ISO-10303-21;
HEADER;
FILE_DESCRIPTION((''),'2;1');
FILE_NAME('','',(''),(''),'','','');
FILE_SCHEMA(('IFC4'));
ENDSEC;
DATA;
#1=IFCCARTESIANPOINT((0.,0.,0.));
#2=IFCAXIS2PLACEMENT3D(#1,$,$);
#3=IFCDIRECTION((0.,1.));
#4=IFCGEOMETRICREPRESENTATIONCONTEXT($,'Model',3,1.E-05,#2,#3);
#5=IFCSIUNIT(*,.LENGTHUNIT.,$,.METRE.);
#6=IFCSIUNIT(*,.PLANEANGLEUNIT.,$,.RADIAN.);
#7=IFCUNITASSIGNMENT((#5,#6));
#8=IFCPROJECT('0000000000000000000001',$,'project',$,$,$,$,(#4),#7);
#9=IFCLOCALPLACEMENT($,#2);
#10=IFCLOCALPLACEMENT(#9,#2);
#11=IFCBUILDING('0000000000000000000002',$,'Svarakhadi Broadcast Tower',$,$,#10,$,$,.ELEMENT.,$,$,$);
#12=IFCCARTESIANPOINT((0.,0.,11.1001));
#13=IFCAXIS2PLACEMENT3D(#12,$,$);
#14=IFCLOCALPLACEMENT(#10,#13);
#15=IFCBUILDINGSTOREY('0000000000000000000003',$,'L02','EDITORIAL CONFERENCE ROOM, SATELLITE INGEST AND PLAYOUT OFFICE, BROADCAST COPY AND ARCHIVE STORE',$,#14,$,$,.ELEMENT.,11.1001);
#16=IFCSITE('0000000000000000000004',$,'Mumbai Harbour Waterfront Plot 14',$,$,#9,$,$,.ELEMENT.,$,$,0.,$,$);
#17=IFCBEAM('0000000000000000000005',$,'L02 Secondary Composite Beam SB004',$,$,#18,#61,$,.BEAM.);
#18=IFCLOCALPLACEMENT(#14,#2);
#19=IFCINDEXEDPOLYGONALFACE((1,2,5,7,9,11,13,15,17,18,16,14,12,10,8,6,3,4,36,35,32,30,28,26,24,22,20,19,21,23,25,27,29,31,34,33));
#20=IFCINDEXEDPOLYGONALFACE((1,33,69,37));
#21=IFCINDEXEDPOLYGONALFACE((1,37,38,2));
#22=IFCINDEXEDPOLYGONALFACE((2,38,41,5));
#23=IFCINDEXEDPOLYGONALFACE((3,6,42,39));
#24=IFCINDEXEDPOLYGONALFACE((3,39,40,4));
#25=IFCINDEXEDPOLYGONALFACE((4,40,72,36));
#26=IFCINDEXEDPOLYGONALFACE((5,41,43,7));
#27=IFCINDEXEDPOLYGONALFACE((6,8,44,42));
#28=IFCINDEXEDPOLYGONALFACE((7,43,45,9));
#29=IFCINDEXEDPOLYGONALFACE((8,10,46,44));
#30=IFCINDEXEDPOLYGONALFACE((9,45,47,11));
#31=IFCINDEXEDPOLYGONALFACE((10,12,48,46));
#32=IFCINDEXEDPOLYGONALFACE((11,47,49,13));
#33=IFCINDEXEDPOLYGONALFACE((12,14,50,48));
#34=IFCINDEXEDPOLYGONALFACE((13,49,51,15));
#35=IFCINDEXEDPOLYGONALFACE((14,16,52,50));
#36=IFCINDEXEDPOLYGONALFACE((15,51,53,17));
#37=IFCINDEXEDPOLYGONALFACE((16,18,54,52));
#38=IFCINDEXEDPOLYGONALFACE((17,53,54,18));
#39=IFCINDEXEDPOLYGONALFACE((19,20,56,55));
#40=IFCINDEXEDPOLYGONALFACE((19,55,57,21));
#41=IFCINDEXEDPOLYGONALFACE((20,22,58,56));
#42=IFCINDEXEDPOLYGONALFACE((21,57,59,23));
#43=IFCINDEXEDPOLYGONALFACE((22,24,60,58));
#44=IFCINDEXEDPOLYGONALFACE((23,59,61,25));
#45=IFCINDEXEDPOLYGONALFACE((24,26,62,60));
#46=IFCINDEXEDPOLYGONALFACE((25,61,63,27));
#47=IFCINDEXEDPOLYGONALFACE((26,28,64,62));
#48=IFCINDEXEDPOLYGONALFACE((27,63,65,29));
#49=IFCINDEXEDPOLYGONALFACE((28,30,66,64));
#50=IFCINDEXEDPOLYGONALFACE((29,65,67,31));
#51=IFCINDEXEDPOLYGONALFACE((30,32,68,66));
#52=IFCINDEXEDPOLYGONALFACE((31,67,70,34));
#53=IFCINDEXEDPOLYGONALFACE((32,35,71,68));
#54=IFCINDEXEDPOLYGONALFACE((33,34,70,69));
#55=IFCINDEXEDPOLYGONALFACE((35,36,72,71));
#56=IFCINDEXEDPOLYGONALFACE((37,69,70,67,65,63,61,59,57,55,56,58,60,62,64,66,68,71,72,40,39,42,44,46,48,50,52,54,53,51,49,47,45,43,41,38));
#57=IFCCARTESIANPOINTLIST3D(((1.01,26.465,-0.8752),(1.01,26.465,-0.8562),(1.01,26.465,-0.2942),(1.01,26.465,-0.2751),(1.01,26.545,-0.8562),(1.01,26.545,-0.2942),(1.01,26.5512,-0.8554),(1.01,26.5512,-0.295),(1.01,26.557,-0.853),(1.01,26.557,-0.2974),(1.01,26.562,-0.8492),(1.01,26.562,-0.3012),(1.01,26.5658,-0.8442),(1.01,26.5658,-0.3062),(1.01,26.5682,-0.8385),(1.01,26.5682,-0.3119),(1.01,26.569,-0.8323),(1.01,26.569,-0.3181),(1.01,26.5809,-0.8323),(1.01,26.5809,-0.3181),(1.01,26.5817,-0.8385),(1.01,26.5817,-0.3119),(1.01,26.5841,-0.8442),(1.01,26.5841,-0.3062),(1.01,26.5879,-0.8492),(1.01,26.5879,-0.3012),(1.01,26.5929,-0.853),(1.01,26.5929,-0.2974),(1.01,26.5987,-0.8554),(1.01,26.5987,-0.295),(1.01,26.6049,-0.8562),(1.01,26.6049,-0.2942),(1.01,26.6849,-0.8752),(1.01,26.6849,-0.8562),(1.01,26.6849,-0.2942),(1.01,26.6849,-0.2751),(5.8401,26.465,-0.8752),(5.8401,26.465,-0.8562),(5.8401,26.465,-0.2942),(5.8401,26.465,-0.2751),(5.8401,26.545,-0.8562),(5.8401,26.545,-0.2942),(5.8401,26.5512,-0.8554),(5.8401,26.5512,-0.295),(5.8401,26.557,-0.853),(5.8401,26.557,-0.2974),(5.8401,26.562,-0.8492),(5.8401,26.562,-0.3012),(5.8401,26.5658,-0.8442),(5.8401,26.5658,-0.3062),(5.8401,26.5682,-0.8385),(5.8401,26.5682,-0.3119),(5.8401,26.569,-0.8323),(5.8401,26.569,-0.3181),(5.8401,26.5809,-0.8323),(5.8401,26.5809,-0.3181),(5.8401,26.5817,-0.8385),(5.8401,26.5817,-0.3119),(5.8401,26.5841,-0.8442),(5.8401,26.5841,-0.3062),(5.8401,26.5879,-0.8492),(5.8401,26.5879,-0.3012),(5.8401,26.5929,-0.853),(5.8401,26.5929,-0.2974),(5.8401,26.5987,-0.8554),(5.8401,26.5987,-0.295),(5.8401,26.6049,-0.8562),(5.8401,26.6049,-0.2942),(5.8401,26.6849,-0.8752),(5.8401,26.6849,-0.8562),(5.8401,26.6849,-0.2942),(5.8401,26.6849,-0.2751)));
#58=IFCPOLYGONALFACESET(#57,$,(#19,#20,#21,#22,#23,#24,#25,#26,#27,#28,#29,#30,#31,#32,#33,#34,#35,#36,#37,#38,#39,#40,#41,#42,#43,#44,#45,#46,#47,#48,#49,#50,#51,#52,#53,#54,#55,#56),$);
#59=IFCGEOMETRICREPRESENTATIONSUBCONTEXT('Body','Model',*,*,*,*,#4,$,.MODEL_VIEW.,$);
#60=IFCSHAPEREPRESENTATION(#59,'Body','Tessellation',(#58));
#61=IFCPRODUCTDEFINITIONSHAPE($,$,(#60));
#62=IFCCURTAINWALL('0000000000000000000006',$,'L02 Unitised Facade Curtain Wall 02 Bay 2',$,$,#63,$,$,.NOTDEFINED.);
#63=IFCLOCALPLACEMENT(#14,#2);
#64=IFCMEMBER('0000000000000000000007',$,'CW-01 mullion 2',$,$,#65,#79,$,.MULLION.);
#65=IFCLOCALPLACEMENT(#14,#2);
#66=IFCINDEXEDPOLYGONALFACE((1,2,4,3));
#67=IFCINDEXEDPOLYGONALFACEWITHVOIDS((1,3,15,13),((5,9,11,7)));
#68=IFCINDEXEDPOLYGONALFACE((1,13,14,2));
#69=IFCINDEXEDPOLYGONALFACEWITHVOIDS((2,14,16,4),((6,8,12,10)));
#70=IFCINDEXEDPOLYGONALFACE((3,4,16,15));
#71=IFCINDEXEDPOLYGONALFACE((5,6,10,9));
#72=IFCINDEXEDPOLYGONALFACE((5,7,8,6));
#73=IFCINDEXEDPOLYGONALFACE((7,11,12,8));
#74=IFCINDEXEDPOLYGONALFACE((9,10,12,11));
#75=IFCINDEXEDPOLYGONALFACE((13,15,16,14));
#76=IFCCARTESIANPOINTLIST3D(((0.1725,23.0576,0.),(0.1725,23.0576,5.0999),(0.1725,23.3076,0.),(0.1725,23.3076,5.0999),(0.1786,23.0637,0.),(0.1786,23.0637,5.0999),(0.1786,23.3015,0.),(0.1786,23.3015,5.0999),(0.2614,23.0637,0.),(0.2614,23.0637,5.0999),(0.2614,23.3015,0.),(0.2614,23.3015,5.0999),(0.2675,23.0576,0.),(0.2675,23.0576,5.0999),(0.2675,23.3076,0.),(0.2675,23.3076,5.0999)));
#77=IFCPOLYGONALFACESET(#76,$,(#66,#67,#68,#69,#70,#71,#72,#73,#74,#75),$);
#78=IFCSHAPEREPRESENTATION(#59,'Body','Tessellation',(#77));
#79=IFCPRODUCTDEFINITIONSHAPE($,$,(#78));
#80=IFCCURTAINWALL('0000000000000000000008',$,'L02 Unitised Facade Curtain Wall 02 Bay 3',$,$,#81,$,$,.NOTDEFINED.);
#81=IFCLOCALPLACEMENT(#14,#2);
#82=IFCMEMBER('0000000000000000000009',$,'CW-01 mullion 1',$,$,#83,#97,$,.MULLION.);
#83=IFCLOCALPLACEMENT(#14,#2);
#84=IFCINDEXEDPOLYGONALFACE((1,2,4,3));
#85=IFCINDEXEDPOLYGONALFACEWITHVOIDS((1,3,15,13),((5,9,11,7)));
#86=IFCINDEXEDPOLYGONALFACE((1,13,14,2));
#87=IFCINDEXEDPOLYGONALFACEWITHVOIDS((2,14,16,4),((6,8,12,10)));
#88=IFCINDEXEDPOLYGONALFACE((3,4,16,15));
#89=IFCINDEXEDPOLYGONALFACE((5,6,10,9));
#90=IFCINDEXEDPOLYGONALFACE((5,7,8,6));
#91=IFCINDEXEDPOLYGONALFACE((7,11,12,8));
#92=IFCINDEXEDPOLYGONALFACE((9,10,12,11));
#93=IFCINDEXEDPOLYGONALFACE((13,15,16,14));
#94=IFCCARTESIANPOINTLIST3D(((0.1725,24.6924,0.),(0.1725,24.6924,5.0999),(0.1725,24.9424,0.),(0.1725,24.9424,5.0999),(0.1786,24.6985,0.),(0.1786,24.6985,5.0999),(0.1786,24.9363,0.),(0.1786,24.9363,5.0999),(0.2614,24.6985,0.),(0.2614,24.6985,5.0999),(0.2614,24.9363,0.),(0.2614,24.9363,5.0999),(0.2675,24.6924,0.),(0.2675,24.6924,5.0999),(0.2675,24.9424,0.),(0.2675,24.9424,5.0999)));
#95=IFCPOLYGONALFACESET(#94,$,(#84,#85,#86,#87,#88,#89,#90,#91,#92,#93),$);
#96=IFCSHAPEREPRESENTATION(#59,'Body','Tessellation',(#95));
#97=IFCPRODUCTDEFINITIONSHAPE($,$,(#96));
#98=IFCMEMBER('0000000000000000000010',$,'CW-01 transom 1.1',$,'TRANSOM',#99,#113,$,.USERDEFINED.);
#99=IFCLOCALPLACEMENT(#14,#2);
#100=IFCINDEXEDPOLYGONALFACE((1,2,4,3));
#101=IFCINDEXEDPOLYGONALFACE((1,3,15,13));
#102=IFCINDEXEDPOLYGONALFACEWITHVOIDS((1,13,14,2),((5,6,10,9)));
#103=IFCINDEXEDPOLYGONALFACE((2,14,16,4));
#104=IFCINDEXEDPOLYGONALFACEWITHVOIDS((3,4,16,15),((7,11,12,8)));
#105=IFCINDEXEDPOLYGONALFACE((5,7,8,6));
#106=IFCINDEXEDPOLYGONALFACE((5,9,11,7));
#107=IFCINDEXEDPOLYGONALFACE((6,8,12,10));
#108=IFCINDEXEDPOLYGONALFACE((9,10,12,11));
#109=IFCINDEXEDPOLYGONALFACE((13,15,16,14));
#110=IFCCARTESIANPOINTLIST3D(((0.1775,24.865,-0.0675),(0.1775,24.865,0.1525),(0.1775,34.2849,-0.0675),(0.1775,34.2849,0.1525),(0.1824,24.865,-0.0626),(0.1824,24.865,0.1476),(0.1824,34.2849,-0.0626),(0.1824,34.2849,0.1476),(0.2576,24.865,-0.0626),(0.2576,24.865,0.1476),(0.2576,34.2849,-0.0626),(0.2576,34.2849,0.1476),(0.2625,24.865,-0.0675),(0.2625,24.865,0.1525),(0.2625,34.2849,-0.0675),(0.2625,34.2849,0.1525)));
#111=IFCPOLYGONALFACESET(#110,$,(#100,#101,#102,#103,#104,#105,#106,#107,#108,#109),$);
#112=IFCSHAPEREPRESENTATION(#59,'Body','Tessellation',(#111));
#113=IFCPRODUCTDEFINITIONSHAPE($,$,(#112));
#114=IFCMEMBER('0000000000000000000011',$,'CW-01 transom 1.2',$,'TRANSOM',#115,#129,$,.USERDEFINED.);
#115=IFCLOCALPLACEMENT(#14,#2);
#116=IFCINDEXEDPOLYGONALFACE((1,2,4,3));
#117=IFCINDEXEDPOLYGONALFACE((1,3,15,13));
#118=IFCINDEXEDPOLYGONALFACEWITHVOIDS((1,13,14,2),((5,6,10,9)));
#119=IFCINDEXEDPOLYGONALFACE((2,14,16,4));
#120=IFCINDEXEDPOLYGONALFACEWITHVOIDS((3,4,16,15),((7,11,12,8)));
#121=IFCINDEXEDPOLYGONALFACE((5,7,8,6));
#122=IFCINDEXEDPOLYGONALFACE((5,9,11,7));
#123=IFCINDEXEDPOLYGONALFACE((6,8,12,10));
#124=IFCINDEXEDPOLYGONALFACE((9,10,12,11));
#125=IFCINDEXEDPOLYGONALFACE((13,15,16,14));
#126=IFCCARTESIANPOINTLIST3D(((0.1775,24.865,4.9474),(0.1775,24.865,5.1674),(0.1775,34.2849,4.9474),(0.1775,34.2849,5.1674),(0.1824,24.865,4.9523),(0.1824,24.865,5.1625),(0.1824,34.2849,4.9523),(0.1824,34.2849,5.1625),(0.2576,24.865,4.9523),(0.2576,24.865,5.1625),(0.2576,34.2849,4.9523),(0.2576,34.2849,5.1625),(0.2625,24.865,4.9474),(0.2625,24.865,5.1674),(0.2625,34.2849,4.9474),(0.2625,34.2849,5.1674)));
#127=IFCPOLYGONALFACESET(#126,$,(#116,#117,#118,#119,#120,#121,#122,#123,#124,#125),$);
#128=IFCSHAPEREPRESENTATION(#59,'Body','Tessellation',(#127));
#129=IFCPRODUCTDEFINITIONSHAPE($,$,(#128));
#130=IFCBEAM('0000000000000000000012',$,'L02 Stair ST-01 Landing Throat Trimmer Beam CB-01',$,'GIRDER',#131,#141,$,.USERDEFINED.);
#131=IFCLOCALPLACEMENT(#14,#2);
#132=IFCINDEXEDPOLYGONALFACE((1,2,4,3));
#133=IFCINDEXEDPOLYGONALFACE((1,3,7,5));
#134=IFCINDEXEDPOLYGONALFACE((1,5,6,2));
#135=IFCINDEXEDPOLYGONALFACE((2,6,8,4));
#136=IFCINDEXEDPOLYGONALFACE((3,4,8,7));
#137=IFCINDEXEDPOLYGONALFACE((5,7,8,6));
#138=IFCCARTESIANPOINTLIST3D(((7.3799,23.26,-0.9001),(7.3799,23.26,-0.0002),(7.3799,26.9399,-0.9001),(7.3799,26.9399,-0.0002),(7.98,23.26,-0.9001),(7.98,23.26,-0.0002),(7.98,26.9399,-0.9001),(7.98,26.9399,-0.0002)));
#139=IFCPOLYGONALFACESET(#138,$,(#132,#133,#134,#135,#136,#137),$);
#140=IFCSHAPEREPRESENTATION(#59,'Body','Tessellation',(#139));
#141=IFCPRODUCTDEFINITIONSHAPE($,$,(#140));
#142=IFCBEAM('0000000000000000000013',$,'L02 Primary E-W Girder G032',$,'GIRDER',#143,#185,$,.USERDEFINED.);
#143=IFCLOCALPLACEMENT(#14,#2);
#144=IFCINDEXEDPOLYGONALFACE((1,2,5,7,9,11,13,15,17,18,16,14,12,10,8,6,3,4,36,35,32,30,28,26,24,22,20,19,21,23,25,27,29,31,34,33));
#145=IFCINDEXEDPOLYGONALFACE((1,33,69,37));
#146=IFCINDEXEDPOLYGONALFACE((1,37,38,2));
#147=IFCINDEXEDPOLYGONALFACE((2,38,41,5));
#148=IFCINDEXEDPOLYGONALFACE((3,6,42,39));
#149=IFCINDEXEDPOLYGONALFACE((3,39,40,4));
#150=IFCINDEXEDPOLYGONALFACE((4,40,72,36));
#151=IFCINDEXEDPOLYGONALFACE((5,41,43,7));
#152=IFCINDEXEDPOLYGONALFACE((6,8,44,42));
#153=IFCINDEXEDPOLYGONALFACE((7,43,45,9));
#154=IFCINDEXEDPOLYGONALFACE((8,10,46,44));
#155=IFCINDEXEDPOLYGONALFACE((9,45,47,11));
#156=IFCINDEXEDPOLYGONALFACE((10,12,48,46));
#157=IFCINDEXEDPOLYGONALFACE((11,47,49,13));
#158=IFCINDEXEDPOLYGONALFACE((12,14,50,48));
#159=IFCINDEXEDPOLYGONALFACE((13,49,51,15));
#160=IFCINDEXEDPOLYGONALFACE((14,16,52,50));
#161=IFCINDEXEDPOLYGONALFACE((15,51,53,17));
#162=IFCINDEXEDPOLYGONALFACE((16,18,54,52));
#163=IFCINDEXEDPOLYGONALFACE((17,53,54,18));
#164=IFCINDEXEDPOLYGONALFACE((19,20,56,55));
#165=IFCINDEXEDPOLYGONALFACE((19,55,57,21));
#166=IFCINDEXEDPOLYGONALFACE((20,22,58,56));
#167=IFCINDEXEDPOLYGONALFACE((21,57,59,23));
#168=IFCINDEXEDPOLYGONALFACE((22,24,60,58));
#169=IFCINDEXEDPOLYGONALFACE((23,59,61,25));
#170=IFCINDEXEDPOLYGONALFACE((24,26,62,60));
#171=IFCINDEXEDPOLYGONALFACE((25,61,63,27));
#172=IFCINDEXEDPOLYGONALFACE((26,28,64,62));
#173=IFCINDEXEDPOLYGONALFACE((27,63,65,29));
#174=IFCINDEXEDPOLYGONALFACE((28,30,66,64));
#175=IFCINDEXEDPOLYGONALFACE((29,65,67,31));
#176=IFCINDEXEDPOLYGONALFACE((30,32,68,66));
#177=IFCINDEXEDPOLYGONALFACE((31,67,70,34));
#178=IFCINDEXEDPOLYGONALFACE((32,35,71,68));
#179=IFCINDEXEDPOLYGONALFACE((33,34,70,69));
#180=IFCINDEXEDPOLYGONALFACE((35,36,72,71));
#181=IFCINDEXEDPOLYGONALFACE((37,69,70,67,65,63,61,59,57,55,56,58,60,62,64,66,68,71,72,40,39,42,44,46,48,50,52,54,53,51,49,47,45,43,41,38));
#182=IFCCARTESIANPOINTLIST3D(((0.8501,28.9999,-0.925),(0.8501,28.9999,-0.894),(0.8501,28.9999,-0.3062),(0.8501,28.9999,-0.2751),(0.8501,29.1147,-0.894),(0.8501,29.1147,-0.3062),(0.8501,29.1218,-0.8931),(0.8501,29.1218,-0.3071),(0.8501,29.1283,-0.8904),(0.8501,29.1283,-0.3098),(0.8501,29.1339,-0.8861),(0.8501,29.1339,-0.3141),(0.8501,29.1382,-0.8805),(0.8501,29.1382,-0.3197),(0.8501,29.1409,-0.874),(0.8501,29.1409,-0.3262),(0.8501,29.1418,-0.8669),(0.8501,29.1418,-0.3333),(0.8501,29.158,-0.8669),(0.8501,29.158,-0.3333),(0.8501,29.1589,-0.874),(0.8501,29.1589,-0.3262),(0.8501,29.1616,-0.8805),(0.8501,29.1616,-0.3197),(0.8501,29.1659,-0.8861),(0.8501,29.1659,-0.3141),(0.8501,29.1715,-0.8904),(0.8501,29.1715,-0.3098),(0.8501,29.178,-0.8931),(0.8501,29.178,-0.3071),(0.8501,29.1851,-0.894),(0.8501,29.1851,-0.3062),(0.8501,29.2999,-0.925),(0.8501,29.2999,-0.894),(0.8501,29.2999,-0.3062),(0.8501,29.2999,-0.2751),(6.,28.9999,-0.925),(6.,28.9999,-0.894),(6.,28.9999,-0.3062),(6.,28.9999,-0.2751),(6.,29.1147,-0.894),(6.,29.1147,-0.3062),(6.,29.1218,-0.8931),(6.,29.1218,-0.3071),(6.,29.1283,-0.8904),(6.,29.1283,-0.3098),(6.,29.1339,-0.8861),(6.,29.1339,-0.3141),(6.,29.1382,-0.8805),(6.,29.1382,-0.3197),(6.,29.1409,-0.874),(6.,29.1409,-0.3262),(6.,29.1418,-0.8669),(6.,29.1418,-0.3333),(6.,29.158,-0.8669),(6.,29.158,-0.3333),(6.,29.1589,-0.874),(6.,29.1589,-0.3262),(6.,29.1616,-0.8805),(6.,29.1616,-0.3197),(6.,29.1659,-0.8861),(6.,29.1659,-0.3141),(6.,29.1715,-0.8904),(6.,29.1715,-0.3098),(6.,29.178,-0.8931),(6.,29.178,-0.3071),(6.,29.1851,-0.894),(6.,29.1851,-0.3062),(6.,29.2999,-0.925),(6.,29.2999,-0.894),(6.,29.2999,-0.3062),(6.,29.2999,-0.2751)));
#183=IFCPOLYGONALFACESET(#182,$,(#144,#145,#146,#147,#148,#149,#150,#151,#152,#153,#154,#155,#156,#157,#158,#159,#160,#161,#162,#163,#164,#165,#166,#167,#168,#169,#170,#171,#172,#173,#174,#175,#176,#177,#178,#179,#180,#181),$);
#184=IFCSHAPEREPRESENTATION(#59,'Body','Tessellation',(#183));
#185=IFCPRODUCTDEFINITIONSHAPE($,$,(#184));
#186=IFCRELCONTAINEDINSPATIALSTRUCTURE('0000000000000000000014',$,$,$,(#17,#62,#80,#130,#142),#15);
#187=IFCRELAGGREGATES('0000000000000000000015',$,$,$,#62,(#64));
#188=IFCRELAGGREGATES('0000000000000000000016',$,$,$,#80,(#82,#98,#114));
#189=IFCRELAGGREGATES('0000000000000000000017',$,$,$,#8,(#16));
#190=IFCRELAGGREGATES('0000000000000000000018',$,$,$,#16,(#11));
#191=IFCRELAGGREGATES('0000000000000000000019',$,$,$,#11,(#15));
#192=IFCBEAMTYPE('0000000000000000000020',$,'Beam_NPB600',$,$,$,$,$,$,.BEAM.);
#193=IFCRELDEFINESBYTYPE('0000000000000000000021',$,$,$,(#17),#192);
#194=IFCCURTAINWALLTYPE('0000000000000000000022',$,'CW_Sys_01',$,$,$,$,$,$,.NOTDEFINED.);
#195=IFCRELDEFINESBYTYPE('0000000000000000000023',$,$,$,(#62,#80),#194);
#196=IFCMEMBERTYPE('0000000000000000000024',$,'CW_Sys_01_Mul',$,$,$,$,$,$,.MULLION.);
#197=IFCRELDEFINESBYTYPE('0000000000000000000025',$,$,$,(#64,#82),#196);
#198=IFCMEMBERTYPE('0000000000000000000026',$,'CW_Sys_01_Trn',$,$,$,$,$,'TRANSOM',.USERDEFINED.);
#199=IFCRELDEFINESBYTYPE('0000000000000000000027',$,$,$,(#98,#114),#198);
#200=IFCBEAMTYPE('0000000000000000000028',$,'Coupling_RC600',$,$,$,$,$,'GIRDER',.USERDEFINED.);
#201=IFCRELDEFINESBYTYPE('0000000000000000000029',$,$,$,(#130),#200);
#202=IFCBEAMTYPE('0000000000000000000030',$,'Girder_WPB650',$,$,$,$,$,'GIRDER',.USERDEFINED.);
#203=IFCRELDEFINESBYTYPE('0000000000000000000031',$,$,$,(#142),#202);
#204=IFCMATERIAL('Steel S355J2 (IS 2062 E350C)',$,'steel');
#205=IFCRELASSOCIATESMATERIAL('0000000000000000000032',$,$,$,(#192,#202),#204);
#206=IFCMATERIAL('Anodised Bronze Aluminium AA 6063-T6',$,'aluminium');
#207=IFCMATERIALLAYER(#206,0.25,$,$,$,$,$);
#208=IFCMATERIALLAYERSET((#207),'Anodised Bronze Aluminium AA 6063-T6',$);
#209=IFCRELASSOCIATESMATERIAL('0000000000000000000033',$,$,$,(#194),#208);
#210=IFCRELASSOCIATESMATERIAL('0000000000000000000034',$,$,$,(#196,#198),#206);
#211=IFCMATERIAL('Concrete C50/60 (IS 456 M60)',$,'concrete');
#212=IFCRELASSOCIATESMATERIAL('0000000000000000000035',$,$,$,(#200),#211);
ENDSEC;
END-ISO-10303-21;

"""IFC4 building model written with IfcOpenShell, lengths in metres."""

from ifc_helpers import new_model, si_unit, direction, frame, origin, origin_2d, place, context, subcontext, project, spatial, rectangle, hollow_rectangle, i_section, extrude, material, layer, layer_set, material_profile, profile_set, type_object, element, aggregate, save


model = new_model("IFC4")

# Units and contexts
model_context = context("Model", 3, precision=1e-05, world=origin(), true_north=direction((0.0, 1.0)))
body_context = subcontext(model_context, "Body", "Model", "MODEL_VIEW")
ifc_project = project(units=[si_unit("LENGTHUNIT", "METRE"), si_unit("PLANEANGLEUNIT", "RADIAN")], contexts=[model_context])

# Site, building, storey
site_placement = place(None, origin())
site = spatial("IfcSite", under=ifc_project, at=site_placement, Name="Mumbai Harbour Waterfront Plot 14", CompositionType="ELEMENT", RefElevation=0.0)
building_placement = place(site_placement, origin())
building = spatial("IfcBuilding", under=site, at=building_placement, Name="Svarakhadi Broadcast Tower", CompositionType="ELEMENT")
storey_placement = place(building_placement, frame((0.0, 0.0, 11.1001)))
storey = spatial("IfcBuildingStorey", under=building, at=storey_placement, Name="L02", Description="EDITORIAL CONFERENCE ROOM, SATELLITE INGEST AND PLAYOUT OFFICE, BROADCAST COPY AND ARCHIVE STORE", CompositionType="ELEMENT", Elevation=11.1001)

# Beam
ifc_material_1 = material(Name="Steel S355J2 (IS 2062 E350C)", Category="steel")
ifc_material_profile_1 = material_profile(ifc_material_1, i_section(OverallWidth=0.22, OverallDepth=0.6001, WebThickness=0.012, FlangeThickness=0.019, FilletRadius=0.0239, at=origin_2d()), Name="NPB 600x220x122")
ifc_profile_set_1 = profile_set([ifc_material_profile_1], Name="Steel S355J2 (IS 2062 E350C)")
beam_type_1 = type_object("IfcBeamType", Name="Beam_NPB600", PredefinedType="BEAM", material=ifc_profile_set_1)
for number, where, z_axis, x_axis, name in (
    (1, (1.01, 26.575, -0.5752), (1.0, 0.0, 0.0), (0.0, 1.0, 0.0), "L02 Secondary Composite Beam SB004"),
):
    element("IfcBeam", number, at=place(storey_placement, frame(where, z_axis=z_axis, x_axis=x_axis)), inside=storey, type_object=beam_type_1, Name=name, PredefinedType="BEAM", context=body_context, shape_type="SweptSolid", body=[
        extrude(i_section(OverallWidth=0.22, OverallDepth=0.6001, WebThickness=0.012, FlangeThickness=0.019, FilletRadius=0.0239, at=origin_2d()), origin(), (0.0, 0.0, 1.0), 4.8301),
    ])

# Curtain wall, member
ifc_material_2 = material(Name="Anodised Bronze Aluminium AA 6063-T6", Category="aluminium")
ifc_layer_1 = layer(ifc_material_2, 0.25)
ifc_layer_set_1 = layer_set([ifc_layer_1], Name="Anodised Bronze Aluminium AA 6063-T6")
curtain_wall_type = type_object("IfcCurtainWallType", Name="CW_Sys_01", PredefinedType="NOTDEFINED", material=ifc_layer_set_1)
curtain_wall_1_placement = place(storey_placement, origin())
curtain_wall_1 = element("IfcCurtainWall", 2, at=curtain_wall_1_placement, inside=storey, type_object=curtain_wall_type, Name="L02 Unitised Facade Curtain Wall 02 Bay 2", PredefinedType="NOTDEFINED")
ifc_material_profile_2 = material_profile(ifc_material_2, hollow_rectangle(XDim=0.095, YDim=0.25, WallThickness=0.0061, at=origin_2d()), Name="ALU MULLION 250x95x6")
ifc_profile_set_2 = profile_set([ifc_material_profile_2], Name="Anodised Bronze Aluminium AA 6063-T6")
member_type_1 = type_object("IfcMemberType", Name="CW_Sys_01_Mul", PredefinedType="MULLION", material=ifc_profile_set_2)
member_1_placement = place(storey_placement, frame((0.22, 23.1826, 0.0), z_axis=(0.0, 0.0, 1.0), x_axis=(-1.0, 0.0, 0.0)))
member_1 = element("IfcMember", 3, at=member_1_placement, type_object=member_type_1, Name="CW-01 mullion 2", PredefinedType="MULLION", context=body_context, shape_type="SweptSolid", body=[
    extrude(hollow_rectangle(XDim=0.095, YDim=0.25, WallThickness=0.0061, at=origin_2d()), origin(), (0.0, 0.0, 1.0), 5.0999),
])
aggregate(curtain_wall_1, [member_1])

# Curtain wall, members
curtain_wall_2_placement = place(storey_placement, origin())
curtain_wall_2 = element("IfcCurtainWall", 4, at=curtain_wall_2_placement, inside=storey, type_object=curtain_wall_type, Name="L02 Unitised Facade Curtain Wall 02 Bay 3", PredefinedType="NOTDEFINED")
member_2_placement = place(storey_placement, frame((0.22, 24.8174, 0.0), z_axis=(0.0, 0.0, 1.0), x_axis=(-1.0, 0.0, 0.0)))
member_2 = element("IfcMember", 5, at=member_2_placement, type_object=member_type_1, Name="CW-01 mullion 1", PredefinedType="MULLION", context=body_context, shape_type="SweptSolid", body=[
    extrude(hollow_rectangle(XDim=0.095, YDim=0.25, WallThickness=0.0061, at=origin_2d()), origin(), (0.0, 0.0, 1.0), 5.0999),
])
ifc_material_profile_3 = material_profile(ifc_material_2, hollow_rectangle(XDim=0.085, YDim=0.22, WallThickness=0.0049, at=origin_2d()), Name="ALU TRANSOM 220x85x5")
ifc_profile_set_3 = profile_set([ifc_material_profile_3], Name="Anodised Bronze Aluminium AA 6063-T6")
member_type_2 = type_object("IfcMemberType", Name="CW_Sys_01_Trn", ElementType="TRANSOM", PredefinedType="USERDEFINED", material=ifc_profile_set_3)
member_3_placement = place(storey_placement, frame((0.22, 24.865, 0.0425), z_axis=(0.0, 1.0, 0.0), x_axis=(-1.0, 0.0, 0.0)))
member_3 = element("IfcMember", 6, at=member_3_placement, type_object=member_type_2, Name="CW-01 transom 1.1", ObjectType="TRANSOM", PredefinedType="USERDEFINED", context=body_context, shape_type="SweptSolid", body=[
    extrude(hollow_rectangle(XDim=0.085, YDim=0.22, WallThickness=0.0049, at=origin_2d()), origin(), (0.0, 0.0, 1.0), 9.4199),
])
member_4_placement = place(storey_placement, frame((0.22, 24.865, 5.0574), z_axis=(0.0, 1.0, 0.0), x_axis=(-1.0, 0.0, 0.0)))
member_4 = element("IfcMember", 7, at=member_4_placement, type_object=member_type_2, Name="CW-01 transom 1.2", ObjectType="TRANSOM", PredefinedType="USERDEFINED", context=body_context, shape_type="SweptSolid", body=[
    extrude(hollow_rectangle(XDim=0.085, YDim=0.22, WallThickness=0.0049, at=origin_2d()), origin(), (0.0, 0.0, 1.0), 9.4199),
])
aggregate(curtain_wall_2, [member_2, member_3, member_4])

# Beams
ifc_material_3 = material(Name="Concrete C50/60 (IS 456 M60)", Category="concrete")
ifc_material_profile_4 = material_profile(ifc_material_3, rectangle(XDim=0.6001, YDim=0.8999, at=origin_2d()), Name="RC 600x900")
ifc_profile_set_4 = profile_set([ifc_material_profile_4], Name="Concrete C50/60 (IS 456 M60)")
beam_type_2 = type_object("IfcBeamType", Name="Coupling_RC600", ElementType="GIRDER", PredefinedType="USERDEFINED", material=ifc_profile_set_4)
beam_1_placement = place(storey_placement, frame((7.6799, 23.26, -0.4502), z_axis=(0.0, 1.0, 0.0), x_axis=(-1.0, 0.0, 0.0)))
element("IfcBeam", 8, at=beam_1_placement, inside=storey, type_object=beam_type_2, Name="L02 Stair ST-01 Landing Throat Trimmer Beam CB-01", ObjectType="GIRDER", PredefinedType="USERDEFINED", context=body_context, shape_type="SweptSolid", body=[
    extrude(rectangle(XDim=0.6001, YDim=0.8999, at=origin_2d()), origin(), (0.0, 0.0, 1.0), 3.6799),
])
ifc_material_profile_5 = material_profile(ifc_material_1, i_section(OverallWidth=0.3, OverallDepth=0.6499, WebThickness=0.0161, FlangeThickness=0.031, FilletRadius=0.0271, at=origin_2d()), Name="WPB 650x300x225")
ifc_profile_set_5 = profile_set([ifc_material_profile_5], Name="Steel S355J2 (IS 2062 E350C)")
beam_type_3 = type_object("IfcBeamType", Name="Girder_WPB650", ElementType="GIRDER", PredefinedType="USERDEFINED", material=ifc_profile_set_5)
for number, where, z_axis, x_axis, name in (
    (9, (0.8501, 29.1499, -0.6001), (1.0, 0.0, 0.0), (0.0, 1.0, 0.0), "L02 Primary E-W Girder G032"),
):
    element("IfcBeam", number, at=place(storey_placement, frame(where, z_axis=z_axis, x_axis=x_axis)), inside=storey, type_object=beam_type_3, Name=name, ObjectType="GIRDER", PredefinedType="USERDEFINED", context=body_context, shape_type="SweptSolid", body=[
        extrude(i_section(OverallWidth=0.3, OverallDepth=0.6499, WebThickness=0.0161, FlangeThickness=0.031, FilletRadius=0.0271, at=origin_2d()), origin(), (0.0, 0.0, 1.0), 5.1499),
    ])

save(model, "model.ifc")
